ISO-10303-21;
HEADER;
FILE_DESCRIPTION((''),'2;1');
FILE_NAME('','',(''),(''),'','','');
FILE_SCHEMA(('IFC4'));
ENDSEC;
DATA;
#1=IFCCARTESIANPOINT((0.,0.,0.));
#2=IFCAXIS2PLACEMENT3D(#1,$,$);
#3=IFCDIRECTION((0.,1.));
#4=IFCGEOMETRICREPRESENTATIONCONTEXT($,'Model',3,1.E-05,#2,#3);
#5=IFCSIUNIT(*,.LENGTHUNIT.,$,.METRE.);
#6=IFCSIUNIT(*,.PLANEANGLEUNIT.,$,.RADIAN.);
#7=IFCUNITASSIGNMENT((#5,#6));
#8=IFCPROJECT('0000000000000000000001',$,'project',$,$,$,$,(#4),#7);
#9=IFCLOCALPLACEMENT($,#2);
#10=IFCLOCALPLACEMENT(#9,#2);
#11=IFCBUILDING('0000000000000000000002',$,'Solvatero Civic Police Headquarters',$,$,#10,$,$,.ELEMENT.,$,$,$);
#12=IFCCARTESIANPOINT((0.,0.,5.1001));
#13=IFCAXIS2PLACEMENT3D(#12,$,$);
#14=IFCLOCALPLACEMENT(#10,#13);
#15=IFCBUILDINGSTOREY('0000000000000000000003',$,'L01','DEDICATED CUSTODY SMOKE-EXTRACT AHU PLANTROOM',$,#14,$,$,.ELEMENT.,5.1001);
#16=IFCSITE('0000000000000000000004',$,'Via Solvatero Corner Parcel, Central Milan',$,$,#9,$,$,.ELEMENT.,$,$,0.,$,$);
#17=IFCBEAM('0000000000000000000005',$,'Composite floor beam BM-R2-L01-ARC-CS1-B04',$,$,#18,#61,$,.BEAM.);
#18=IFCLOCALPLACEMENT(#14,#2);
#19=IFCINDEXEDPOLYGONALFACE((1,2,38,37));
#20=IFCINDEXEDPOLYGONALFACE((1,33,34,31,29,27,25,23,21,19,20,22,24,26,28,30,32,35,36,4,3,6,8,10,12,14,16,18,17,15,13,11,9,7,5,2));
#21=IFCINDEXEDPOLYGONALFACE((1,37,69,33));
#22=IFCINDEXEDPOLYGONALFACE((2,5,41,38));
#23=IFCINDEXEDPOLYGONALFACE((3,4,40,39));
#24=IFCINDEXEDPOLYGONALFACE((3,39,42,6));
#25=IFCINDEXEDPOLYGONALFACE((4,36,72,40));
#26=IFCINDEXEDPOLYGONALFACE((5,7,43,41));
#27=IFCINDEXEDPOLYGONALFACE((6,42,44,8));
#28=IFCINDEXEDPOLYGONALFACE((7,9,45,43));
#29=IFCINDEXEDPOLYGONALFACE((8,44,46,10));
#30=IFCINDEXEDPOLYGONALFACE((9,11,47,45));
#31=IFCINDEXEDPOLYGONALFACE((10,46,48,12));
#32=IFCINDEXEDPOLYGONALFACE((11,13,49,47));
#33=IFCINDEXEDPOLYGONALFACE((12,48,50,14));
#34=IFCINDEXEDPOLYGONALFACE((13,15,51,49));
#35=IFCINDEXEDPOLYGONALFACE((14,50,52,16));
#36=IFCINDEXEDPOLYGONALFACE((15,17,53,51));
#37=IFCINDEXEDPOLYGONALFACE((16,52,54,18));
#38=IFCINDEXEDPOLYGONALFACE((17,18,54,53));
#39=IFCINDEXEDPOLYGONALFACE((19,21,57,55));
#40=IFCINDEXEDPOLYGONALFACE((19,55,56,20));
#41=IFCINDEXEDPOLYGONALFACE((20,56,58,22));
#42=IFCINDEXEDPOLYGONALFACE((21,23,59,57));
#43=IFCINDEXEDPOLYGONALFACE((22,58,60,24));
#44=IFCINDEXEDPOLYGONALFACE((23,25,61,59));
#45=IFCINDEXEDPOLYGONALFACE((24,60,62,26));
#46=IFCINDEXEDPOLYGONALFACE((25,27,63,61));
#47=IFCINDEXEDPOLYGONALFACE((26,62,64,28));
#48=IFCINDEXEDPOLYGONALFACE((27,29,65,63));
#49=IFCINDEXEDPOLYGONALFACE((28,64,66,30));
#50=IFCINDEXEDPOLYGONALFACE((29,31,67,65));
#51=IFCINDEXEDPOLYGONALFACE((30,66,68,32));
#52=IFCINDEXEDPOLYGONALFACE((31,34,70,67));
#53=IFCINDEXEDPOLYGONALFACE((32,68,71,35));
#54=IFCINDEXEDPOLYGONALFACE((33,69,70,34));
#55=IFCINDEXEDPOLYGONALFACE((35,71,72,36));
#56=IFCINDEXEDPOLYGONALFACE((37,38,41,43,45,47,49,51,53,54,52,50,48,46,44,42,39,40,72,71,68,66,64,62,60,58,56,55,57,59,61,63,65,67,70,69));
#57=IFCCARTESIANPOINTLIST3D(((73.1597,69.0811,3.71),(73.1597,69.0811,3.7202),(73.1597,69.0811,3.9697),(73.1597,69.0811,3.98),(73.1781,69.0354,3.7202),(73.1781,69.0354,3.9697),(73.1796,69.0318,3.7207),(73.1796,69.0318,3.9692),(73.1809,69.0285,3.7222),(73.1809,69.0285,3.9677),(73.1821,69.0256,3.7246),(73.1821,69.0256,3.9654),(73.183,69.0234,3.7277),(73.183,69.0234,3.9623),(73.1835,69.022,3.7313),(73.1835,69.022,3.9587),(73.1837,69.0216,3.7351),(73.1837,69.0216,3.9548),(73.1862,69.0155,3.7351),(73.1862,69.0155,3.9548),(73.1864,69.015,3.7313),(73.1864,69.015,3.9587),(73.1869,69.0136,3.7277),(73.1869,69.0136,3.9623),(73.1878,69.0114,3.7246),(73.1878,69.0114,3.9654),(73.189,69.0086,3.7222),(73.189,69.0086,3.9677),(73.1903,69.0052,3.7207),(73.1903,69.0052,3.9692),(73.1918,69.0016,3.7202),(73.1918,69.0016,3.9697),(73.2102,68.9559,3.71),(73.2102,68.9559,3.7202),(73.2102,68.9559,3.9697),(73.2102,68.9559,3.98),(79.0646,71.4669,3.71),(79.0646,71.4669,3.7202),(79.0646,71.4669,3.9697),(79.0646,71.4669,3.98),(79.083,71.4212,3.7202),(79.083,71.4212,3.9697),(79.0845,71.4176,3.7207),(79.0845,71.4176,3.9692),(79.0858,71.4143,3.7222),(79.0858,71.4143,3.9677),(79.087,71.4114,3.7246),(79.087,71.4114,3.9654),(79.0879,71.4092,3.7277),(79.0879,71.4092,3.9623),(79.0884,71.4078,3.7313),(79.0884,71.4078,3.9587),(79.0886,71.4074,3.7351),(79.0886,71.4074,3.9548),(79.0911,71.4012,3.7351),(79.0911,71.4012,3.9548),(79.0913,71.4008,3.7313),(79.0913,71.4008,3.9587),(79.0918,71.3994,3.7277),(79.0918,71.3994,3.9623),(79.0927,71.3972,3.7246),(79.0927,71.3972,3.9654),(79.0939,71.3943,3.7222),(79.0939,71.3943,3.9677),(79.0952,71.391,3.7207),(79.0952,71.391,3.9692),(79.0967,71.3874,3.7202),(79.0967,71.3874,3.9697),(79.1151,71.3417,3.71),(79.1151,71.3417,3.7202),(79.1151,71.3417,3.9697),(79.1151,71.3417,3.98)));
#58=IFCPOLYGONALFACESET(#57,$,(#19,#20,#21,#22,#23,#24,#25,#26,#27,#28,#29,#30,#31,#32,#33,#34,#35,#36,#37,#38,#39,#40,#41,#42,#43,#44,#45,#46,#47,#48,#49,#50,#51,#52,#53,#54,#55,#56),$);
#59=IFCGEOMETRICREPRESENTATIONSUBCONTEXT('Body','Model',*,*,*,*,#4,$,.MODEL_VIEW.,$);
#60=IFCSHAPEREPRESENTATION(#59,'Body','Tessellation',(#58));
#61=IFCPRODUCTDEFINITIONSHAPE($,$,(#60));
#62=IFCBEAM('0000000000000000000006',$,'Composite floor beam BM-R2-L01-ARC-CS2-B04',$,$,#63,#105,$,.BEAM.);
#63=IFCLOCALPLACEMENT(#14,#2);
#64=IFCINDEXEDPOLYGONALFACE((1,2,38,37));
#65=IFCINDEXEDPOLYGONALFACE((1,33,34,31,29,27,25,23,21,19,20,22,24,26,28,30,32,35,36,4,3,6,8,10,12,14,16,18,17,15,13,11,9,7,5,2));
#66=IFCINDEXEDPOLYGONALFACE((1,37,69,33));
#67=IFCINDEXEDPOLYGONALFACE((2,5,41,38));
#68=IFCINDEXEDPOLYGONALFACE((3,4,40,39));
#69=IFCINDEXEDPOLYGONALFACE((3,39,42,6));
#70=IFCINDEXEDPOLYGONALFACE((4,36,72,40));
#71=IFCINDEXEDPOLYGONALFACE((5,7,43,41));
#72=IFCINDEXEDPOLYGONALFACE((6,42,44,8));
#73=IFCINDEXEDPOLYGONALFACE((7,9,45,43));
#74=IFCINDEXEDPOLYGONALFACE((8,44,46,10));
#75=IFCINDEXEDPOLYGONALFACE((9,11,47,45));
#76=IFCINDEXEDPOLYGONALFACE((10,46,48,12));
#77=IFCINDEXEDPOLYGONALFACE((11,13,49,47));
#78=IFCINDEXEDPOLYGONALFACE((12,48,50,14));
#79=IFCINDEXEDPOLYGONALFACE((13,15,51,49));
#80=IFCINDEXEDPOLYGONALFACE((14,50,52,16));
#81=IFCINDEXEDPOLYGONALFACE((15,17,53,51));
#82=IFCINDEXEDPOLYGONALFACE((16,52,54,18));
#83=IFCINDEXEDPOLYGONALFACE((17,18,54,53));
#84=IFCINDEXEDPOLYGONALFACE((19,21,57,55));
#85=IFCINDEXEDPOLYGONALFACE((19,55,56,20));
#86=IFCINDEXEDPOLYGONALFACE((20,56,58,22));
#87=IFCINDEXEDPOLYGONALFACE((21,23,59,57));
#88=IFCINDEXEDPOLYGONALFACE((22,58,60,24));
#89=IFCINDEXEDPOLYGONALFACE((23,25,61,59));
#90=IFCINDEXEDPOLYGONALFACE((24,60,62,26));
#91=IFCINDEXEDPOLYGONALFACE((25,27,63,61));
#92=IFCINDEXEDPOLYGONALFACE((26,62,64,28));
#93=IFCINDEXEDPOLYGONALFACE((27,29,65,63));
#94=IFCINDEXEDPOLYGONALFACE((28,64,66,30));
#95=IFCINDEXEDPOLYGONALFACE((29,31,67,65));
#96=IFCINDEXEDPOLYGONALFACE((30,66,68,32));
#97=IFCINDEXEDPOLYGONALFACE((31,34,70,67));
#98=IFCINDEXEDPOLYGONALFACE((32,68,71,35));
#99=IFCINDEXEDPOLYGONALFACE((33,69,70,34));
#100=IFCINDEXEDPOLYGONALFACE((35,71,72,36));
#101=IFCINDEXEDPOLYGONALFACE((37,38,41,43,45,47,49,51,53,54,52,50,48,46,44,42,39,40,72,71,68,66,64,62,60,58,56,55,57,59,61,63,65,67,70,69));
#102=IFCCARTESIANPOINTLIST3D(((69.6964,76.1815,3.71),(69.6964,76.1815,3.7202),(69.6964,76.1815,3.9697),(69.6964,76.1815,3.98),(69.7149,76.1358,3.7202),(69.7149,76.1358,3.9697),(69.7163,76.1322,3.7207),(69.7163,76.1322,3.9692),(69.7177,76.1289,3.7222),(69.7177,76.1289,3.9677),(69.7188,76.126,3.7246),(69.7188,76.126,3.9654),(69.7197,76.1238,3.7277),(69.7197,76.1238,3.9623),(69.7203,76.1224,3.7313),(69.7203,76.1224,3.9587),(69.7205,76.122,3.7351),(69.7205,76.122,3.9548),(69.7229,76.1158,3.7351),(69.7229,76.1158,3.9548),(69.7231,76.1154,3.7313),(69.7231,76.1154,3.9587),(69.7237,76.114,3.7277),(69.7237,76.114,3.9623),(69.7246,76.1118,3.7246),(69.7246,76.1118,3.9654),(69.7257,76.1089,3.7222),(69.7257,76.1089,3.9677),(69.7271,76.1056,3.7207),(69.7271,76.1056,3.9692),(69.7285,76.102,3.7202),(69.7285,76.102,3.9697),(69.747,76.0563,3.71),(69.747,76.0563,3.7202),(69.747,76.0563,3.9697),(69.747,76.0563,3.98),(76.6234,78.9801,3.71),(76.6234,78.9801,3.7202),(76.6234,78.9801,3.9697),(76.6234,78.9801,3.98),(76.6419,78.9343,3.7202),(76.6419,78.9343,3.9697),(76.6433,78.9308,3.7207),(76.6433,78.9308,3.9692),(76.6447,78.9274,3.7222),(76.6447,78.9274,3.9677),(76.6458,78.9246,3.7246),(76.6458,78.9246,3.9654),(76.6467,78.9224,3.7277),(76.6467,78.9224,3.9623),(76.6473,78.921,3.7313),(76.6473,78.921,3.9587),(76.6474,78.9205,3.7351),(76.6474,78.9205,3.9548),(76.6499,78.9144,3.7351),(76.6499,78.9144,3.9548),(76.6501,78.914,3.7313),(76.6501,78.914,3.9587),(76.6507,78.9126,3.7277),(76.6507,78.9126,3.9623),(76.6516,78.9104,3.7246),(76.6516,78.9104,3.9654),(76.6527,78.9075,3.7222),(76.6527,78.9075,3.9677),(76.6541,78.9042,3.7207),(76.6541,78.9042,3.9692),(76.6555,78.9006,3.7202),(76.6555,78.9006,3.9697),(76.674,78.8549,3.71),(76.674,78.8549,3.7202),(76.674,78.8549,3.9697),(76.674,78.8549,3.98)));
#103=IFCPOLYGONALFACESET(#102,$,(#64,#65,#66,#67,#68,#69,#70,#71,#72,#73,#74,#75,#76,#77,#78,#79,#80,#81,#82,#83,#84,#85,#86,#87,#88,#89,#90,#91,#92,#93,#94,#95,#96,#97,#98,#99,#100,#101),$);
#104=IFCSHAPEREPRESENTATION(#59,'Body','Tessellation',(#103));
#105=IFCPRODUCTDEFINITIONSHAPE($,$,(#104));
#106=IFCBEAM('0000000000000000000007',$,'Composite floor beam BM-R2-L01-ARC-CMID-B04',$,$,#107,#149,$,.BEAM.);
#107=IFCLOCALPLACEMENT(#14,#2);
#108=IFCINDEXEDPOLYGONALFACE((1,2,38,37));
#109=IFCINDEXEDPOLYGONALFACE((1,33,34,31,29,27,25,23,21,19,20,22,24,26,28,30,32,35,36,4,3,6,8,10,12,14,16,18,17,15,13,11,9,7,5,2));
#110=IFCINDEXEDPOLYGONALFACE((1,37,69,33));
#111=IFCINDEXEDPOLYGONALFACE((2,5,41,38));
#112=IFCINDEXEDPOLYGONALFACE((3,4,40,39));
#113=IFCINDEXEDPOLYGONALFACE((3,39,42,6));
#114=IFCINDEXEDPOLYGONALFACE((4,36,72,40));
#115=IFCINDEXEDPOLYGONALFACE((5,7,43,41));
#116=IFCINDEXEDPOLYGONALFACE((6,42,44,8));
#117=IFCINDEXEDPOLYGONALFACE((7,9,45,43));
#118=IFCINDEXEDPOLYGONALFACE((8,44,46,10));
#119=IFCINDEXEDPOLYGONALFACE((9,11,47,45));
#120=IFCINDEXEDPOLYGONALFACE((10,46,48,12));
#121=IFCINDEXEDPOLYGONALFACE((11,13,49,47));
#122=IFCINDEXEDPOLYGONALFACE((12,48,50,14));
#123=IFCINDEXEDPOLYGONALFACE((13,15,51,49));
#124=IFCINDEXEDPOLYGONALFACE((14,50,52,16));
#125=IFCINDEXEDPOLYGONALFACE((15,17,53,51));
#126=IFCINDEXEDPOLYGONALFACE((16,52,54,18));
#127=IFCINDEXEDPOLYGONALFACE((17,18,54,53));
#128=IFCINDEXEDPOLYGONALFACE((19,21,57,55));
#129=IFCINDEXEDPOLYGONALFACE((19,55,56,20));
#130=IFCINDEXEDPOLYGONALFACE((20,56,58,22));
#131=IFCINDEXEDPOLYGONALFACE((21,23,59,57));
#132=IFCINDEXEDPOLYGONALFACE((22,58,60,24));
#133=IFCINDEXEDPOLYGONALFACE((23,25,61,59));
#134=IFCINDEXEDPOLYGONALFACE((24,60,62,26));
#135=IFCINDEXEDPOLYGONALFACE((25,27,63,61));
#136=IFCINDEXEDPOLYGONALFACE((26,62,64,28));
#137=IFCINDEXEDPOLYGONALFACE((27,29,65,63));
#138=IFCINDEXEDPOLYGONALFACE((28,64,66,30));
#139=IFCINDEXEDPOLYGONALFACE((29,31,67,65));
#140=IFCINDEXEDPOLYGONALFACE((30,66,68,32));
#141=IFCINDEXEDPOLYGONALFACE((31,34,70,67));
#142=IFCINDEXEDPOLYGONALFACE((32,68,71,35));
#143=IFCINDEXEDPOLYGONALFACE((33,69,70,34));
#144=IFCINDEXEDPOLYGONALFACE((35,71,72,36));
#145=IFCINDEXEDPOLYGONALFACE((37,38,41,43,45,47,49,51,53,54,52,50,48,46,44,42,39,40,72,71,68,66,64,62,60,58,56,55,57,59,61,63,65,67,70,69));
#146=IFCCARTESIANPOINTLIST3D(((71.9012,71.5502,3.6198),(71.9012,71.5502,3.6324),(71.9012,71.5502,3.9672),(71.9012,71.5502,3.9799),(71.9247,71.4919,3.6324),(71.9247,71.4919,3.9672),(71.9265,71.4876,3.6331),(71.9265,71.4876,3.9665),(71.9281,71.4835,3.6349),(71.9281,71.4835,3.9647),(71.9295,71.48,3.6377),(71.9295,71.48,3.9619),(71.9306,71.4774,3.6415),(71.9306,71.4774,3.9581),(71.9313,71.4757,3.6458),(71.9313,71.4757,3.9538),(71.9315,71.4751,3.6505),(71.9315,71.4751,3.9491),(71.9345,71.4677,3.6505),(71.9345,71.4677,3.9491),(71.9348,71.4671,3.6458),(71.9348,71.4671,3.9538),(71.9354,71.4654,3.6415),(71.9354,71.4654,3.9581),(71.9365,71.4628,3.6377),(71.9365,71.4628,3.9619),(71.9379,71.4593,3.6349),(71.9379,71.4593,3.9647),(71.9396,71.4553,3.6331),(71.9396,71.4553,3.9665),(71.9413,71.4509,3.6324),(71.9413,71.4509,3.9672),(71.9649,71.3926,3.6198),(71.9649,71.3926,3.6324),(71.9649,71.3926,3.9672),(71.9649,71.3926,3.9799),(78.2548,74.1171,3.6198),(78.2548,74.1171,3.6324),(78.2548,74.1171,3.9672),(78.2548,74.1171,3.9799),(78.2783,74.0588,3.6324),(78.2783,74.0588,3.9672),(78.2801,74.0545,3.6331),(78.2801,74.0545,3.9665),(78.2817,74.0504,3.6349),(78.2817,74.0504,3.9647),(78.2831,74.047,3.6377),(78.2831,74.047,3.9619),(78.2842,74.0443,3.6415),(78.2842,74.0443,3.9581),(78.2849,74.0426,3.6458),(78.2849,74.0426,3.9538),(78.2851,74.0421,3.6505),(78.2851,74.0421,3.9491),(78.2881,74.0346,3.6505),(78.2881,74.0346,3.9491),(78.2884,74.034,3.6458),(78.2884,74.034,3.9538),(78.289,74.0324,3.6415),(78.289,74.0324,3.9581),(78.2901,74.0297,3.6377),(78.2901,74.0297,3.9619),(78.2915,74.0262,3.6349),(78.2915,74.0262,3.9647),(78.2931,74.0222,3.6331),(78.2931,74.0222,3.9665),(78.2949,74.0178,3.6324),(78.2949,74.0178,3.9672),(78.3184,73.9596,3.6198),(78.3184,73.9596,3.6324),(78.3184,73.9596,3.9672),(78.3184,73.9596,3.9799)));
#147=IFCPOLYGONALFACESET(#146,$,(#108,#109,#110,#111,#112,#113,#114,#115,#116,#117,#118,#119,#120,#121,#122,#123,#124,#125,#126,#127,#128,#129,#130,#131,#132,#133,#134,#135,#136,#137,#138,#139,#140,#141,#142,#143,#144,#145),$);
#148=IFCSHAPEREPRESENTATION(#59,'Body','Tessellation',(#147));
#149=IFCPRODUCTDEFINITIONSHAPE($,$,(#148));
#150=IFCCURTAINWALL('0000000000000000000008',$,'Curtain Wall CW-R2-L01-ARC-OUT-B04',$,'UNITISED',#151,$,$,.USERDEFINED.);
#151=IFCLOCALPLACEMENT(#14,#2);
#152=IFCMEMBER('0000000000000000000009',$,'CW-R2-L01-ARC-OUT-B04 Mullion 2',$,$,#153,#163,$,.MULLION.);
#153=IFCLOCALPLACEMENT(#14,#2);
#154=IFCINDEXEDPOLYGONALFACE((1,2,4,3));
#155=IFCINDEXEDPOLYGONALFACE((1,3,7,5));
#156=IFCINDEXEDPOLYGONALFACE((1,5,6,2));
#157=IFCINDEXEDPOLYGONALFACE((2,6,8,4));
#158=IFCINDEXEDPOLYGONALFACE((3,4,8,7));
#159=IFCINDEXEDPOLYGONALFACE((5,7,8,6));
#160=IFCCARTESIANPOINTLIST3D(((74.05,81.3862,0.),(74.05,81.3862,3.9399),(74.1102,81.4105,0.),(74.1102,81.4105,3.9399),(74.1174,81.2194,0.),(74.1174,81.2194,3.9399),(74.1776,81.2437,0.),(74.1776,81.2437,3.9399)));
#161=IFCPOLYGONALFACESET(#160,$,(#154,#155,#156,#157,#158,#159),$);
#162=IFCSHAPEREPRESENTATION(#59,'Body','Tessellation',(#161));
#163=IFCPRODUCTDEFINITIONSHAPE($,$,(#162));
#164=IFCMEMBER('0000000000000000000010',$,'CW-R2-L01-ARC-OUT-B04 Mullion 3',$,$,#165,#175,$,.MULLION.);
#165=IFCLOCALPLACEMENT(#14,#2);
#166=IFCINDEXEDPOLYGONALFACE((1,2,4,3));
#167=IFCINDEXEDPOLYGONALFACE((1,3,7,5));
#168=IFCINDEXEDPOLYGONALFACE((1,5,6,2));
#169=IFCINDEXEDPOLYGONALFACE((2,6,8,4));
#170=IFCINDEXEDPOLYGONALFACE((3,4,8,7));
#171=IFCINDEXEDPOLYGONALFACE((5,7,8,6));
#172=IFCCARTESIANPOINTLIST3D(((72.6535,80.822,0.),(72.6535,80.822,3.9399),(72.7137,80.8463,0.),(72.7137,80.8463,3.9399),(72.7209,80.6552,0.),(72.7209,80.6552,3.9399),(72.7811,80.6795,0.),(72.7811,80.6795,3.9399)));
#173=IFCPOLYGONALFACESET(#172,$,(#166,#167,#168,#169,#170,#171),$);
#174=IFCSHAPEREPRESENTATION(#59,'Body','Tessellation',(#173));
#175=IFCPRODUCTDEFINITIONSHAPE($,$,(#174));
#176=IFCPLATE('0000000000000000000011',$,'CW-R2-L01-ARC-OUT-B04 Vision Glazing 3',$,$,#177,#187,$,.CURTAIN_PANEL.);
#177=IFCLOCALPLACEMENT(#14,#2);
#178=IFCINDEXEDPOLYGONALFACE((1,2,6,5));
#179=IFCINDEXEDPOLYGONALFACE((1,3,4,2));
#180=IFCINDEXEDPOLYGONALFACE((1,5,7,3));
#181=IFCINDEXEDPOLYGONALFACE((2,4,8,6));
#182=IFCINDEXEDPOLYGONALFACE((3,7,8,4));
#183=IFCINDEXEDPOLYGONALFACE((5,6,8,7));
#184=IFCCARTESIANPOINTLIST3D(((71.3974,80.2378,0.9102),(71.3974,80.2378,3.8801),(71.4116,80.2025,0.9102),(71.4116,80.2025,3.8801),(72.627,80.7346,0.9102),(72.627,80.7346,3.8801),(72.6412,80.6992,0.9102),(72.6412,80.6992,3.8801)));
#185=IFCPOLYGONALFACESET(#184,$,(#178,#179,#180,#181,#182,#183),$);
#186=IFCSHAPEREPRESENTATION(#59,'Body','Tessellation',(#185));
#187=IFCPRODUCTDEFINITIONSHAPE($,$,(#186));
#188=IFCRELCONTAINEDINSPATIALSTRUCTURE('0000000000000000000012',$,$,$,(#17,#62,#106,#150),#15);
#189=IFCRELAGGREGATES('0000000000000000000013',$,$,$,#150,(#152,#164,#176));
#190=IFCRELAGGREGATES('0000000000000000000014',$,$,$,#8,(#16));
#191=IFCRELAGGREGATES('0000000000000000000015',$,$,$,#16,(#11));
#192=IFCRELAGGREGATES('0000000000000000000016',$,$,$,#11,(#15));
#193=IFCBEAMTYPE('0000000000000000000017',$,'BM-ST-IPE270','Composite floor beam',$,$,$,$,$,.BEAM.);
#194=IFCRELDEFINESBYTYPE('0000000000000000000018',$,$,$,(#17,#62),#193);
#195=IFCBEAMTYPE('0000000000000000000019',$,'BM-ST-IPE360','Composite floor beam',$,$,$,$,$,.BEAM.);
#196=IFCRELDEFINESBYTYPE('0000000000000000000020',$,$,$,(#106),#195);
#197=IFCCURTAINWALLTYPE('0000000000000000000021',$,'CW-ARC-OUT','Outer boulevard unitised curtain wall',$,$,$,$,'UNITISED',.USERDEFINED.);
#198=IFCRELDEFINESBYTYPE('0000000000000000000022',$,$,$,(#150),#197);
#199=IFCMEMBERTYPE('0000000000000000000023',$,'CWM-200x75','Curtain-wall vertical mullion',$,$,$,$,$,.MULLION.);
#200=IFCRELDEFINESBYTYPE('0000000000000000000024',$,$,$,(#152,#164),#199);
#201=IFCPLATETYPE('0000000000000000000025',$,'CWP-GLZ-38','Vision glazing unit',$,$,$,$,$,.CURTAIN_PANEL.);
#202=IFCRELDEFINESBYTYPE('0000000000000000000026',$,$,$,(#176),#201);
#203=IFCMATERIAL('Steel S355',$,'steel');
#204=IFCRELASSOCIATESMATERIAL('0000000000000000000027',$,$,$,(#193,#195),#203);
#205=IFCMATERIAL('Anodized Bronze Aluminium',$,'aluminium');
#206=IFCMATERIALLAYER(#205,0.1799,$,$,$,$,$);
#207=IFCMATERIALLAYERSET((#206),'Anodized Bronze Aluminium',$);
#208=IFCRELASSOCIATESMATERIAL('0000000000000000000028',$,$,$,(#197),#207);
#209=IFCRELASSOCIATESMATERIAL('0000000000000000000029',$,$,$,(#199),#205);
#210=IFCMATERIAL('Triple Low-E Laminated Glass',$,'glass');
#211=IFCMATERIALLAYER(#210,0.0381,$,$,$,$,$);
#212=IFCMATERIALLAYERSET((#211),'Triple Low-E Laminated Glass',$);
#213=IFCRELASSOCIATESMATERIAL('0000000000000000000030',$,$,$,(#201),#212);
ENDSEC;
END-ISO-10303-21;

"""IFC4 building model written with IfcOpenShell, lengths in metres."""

from ifc_helpers import new_model, si_unit, direction, frame, origin, origin_2d, place, context, subcontext, project, spatial, rectangle, i_section, extrude, material, layer, layer_set, material_profile, profile_set, type_object, element, aggregate, save


model = new_model("IFC4")

# Units and contexts
model_context = context("Model", 3, precision=1e-05, world=origin(), true_north=direction((0.0, 1.0)))
body_context = subcontext(model_context, "Body", "Model", "MODEL_VIEW")
ifc_project = project(units=[si_unit("LENGTHUNIT", "METRE"), si_unit("PLANEANGLEUNIT", "RADIAN")], contexts=[model_context])

# Site, building, storey
site_placement = place(None, origin())
site = spatial("IfcSite", under=ifc_project, at=site_placement, Name="Via Solvatero Corner Parcel, Central Milan", CompositionType="ELEMENT", RefElevation=0.0)
building_placement = place(site_placement, origin())
building = spatial("IfcBuilding", under=site, at=building_placement, Name="Solvatero Civic Police Headquarters", CompositionType="ELEMENT")
storey_placement = place(building_placement, frame((0.0, 0.0, 5.1001)))
storey = spatial("IfcBuildingStorey", under=building, at=storey_placement, Name="L01", Description="DEDICATED CUSTODY SMOKE-EXTRACT AHU PLANTROOM", CompositionType="ELEMENT", Elevation=5.1001)

# Shared definitions
ifc_material_1 = material(Name="Steel S355", Category="steel")

# Beams
ifc_material_profile_1 = material_profile(ifc_material_1, i_section(OverallWidth=0.135, OverallDepth=0.27, WebThickness=0.0066, FlangeThickness=0.0103, FilletRadius=0.0149, at=origin_2d()), Name="IPE 270")
ifc_profile_set_1 = profile_set([ifc_material_profile_1], Name="Steel S355")
beam_type_1 = type_object("IfcBeamType", Name="BM-ST-IPE270", Description="Composite floor beam", PredefinedType="BEAM", material=ifc_profile_set_1)
beam_1_placement = place(storey_placement, frame((79.0898, 71.4043, 3.845), z_axis=(-0.927181, -0.374614, 0.0), x_axis=(0.374614, -0.927181, 0.0)))
element("IfcBeam", 1, at=beam_1_placement, inside=storey, type_object=beam_type_1, Name="Composite floor beam BM-R2-L01-ARC-CS1-B04", PredefinedType="BEAM", context=body_context, shape_type="SweptSolid", body=[
    extrude(i_section(OverallWidth=0.135, OverallDepth=0.27, WebThickness=0.0066, FlangeThickness=0.0103, FilletRadius=0.0149, at=origin_2d()), origin(), (0.0, 0.0, 1.0), 6.3687),
])
beam_2_placement = place(storey_placement, frame((76.6487, 78.9175, 3.845), z_axis=(-0.927189, -0.374594, 0.0), x_axis=(0.374594, -0.927189, 0.0)))
element("IfcBeam", 2, at=beam_2_placement, inside=storey, type_object=beam_type_1, Name="Composite floor beam BM-R2-L01-ARC-CS2-B04", PredefinedType="BEAM", context=body_context, shape_type="SweptSolid", body=[
    extrude(i_section(OverallWidth=0.135, OverallDepth=0.27, WebThickness=0.0066, FlangeThickness=0.0103, FilletRadius=0.0149, at=origin_2d()), origin(), (0.0, 0.0, 1.0), 7.4709),
])
ifc_material_profile_2 = material_profile(ifc_material_1, i_section(OverallWidth=0.1699, OverallDepth=0.3601, WebThickness=0.0081, FlangeThickness=0.0127, FilletRadius=0.0181, at=origin_2d()), Name="IPE 360")
ifc_profile_set_2 = profile_set([ifc_material_profile_2], Name="Steel S355")
beam_type_2 = type_object("IfcBeamType", Name="BM-ST-IPE360", Description="Composite floor beam", PredefinedType="BEAM", material=ifc_profile_set_2)
beam_3_placement = place(storey_placement, frame((78.2866, 74.0383, 3.7998), z_axis=(-0.927189, -0.374595, 0.0), x_axis=(0.374595, -0.927189, 0.0)))
element("IfcBeam", 3, at=beam_3_placement, inside=storey, type_object=beam_type_2, Name="Composite floor beam BM-R2-L01-ARC-CMID-B04", PredefinedType="BEAM", context=body_context, shape_type="SweptSolid", body=[
    extrude(i_section(OverallWidth=0.1699, OverallDepth=0.3601, WebThickness=0.0081, FlangeThickness=0.0127, FilletRadius=0.0181, at=origin_2d()), origin(), (0.0, 0.0, 1.0), 6.8525),
])

# Curtain wall, members, plate
ifc_material_2 = material(Name="Anodized Bronze Aluminium", Category="aluminium")
ifc_layer_1 = layer(ifc_material_2, 0.1799)
ifc_layer_set_1 = layer_set([ifc_layer_1], Name="Anodized Bronze Aluminium")
curtain_wall_type = type_object("IfcCurtainWallType", Name="CW-ARC-OUT", Description="Outer boulevard unitised curtain wall", ElementType="UNITISED", PredefinedType="USERDEFINED", material=ifc_layer_set_1)
curtain_wall_placement = place(storey_placement, origin())
curtain_wall = element("IfcCurtainWall", 4, at=curtain_wall_placement, inside=storey, type_object=curtain_wall_type, Name="Curtain Wall CW-R2-L01-ARC-OUT-B04", ObjectType="UNITISED", PredefinedType="USERDEFINED")
ifc_material_profile_3 = material_profile(ifc_material_2, rectangle(XDim=0.0649, YDim=0.1799, at=origin_2d()), Name="ALU MULLION 65x180")
ifc_profile_set_3 = profile_set([ifc_material_profile_3], Name="Anodized Bronze Aluminium")
member_type = type_object("IfcMemberType", Name="CWM-200x75", Description="Curtain-wall vertical mullion", PredefinedType="MULLION", material=ifc_profile_set_3)
member_1_placement = place(storey_placement, frame((74.1138, 81.3149, 0.0), z_axis=(0.0, 0.0, 1.0), x_axis=(-0.927184, -0.374607, 0.0)))
member_1 = element("IfcMember", 5, at=member_1_placement, type_object=member_type, Name="CW-R2-L01-ARC-OUT-B04 Mullion 2", PredefinedType="MULLION", context=body_context, shape_type="SweptSolid", body=[
    extrude(rectangle(XDim=0.0649, YDim=0.1799, at=origin_2d()), origin(), (0.0, 0.0, 1.0), 3.9399),
])
member_2_placement = place(storey_placement, frame((72.7173, 80.7507, 0.0), z_axis=(0.0, 0.0, 1.0), x_axis=(-0.927184, -0.374607, 0.0)))
member_2 = element("IfcMember", 6, at=member_2_placement, type_object=member_type, Name="CW-R2-L01-ARC-OUT-B04 Mullion 3", PredefinedType="MULLION", context=body_context, shape_type="SweptSolid", body=[
    extrude(rectangle(XDim=0.0649, YDim=0.1799, at=origin_2d()), origin(), (0.0, 0.0, 1.0), 3.9399),
])
ifc_material_3 = material(Name="Triple Low-E Laminated Glass", Category="glass")
ifc_layer_2 = layer(ifc_material_3, 0.0381)
ifc_layer_set_2 = layer_set([ifc_layer_2], Name="Triple Low-E Laminated Glass")
plate_type_1 = type_object("IfcPlateType", Name="CWP-GLZ-38", Description="Vision glazing unit", PredefinedType="CURTAIN_PANEL", material=ifc_layer_set_2)
plate_1_placement = place(storey_placement, frame((72.0193, 80.4685, 0.9102), z_axis=(0.0, 0.0, 1.0), x_axis=(-0.927184, -0.374607, 0.0)))
plate_1 = element("IfcPlate", 7, at=plate_1_placement, type_object=plate_type_1, Name="CW-R2-L01-ARC-OUT-B04 Vision Glazing 3", PredefinedType="CURTAIN_PANEL", context=body_context, shape_type="SweptSolid", body=[
    extrude(rectangle(XDim=1.3262, YDim=0.0381, at=origin_2d()), origin(), (0.0, 0.0, 1.0), 2.97),
])
aggregate(curtain_wall, [member_1, member_2, plate_1])

save(model, "model.ifc")
